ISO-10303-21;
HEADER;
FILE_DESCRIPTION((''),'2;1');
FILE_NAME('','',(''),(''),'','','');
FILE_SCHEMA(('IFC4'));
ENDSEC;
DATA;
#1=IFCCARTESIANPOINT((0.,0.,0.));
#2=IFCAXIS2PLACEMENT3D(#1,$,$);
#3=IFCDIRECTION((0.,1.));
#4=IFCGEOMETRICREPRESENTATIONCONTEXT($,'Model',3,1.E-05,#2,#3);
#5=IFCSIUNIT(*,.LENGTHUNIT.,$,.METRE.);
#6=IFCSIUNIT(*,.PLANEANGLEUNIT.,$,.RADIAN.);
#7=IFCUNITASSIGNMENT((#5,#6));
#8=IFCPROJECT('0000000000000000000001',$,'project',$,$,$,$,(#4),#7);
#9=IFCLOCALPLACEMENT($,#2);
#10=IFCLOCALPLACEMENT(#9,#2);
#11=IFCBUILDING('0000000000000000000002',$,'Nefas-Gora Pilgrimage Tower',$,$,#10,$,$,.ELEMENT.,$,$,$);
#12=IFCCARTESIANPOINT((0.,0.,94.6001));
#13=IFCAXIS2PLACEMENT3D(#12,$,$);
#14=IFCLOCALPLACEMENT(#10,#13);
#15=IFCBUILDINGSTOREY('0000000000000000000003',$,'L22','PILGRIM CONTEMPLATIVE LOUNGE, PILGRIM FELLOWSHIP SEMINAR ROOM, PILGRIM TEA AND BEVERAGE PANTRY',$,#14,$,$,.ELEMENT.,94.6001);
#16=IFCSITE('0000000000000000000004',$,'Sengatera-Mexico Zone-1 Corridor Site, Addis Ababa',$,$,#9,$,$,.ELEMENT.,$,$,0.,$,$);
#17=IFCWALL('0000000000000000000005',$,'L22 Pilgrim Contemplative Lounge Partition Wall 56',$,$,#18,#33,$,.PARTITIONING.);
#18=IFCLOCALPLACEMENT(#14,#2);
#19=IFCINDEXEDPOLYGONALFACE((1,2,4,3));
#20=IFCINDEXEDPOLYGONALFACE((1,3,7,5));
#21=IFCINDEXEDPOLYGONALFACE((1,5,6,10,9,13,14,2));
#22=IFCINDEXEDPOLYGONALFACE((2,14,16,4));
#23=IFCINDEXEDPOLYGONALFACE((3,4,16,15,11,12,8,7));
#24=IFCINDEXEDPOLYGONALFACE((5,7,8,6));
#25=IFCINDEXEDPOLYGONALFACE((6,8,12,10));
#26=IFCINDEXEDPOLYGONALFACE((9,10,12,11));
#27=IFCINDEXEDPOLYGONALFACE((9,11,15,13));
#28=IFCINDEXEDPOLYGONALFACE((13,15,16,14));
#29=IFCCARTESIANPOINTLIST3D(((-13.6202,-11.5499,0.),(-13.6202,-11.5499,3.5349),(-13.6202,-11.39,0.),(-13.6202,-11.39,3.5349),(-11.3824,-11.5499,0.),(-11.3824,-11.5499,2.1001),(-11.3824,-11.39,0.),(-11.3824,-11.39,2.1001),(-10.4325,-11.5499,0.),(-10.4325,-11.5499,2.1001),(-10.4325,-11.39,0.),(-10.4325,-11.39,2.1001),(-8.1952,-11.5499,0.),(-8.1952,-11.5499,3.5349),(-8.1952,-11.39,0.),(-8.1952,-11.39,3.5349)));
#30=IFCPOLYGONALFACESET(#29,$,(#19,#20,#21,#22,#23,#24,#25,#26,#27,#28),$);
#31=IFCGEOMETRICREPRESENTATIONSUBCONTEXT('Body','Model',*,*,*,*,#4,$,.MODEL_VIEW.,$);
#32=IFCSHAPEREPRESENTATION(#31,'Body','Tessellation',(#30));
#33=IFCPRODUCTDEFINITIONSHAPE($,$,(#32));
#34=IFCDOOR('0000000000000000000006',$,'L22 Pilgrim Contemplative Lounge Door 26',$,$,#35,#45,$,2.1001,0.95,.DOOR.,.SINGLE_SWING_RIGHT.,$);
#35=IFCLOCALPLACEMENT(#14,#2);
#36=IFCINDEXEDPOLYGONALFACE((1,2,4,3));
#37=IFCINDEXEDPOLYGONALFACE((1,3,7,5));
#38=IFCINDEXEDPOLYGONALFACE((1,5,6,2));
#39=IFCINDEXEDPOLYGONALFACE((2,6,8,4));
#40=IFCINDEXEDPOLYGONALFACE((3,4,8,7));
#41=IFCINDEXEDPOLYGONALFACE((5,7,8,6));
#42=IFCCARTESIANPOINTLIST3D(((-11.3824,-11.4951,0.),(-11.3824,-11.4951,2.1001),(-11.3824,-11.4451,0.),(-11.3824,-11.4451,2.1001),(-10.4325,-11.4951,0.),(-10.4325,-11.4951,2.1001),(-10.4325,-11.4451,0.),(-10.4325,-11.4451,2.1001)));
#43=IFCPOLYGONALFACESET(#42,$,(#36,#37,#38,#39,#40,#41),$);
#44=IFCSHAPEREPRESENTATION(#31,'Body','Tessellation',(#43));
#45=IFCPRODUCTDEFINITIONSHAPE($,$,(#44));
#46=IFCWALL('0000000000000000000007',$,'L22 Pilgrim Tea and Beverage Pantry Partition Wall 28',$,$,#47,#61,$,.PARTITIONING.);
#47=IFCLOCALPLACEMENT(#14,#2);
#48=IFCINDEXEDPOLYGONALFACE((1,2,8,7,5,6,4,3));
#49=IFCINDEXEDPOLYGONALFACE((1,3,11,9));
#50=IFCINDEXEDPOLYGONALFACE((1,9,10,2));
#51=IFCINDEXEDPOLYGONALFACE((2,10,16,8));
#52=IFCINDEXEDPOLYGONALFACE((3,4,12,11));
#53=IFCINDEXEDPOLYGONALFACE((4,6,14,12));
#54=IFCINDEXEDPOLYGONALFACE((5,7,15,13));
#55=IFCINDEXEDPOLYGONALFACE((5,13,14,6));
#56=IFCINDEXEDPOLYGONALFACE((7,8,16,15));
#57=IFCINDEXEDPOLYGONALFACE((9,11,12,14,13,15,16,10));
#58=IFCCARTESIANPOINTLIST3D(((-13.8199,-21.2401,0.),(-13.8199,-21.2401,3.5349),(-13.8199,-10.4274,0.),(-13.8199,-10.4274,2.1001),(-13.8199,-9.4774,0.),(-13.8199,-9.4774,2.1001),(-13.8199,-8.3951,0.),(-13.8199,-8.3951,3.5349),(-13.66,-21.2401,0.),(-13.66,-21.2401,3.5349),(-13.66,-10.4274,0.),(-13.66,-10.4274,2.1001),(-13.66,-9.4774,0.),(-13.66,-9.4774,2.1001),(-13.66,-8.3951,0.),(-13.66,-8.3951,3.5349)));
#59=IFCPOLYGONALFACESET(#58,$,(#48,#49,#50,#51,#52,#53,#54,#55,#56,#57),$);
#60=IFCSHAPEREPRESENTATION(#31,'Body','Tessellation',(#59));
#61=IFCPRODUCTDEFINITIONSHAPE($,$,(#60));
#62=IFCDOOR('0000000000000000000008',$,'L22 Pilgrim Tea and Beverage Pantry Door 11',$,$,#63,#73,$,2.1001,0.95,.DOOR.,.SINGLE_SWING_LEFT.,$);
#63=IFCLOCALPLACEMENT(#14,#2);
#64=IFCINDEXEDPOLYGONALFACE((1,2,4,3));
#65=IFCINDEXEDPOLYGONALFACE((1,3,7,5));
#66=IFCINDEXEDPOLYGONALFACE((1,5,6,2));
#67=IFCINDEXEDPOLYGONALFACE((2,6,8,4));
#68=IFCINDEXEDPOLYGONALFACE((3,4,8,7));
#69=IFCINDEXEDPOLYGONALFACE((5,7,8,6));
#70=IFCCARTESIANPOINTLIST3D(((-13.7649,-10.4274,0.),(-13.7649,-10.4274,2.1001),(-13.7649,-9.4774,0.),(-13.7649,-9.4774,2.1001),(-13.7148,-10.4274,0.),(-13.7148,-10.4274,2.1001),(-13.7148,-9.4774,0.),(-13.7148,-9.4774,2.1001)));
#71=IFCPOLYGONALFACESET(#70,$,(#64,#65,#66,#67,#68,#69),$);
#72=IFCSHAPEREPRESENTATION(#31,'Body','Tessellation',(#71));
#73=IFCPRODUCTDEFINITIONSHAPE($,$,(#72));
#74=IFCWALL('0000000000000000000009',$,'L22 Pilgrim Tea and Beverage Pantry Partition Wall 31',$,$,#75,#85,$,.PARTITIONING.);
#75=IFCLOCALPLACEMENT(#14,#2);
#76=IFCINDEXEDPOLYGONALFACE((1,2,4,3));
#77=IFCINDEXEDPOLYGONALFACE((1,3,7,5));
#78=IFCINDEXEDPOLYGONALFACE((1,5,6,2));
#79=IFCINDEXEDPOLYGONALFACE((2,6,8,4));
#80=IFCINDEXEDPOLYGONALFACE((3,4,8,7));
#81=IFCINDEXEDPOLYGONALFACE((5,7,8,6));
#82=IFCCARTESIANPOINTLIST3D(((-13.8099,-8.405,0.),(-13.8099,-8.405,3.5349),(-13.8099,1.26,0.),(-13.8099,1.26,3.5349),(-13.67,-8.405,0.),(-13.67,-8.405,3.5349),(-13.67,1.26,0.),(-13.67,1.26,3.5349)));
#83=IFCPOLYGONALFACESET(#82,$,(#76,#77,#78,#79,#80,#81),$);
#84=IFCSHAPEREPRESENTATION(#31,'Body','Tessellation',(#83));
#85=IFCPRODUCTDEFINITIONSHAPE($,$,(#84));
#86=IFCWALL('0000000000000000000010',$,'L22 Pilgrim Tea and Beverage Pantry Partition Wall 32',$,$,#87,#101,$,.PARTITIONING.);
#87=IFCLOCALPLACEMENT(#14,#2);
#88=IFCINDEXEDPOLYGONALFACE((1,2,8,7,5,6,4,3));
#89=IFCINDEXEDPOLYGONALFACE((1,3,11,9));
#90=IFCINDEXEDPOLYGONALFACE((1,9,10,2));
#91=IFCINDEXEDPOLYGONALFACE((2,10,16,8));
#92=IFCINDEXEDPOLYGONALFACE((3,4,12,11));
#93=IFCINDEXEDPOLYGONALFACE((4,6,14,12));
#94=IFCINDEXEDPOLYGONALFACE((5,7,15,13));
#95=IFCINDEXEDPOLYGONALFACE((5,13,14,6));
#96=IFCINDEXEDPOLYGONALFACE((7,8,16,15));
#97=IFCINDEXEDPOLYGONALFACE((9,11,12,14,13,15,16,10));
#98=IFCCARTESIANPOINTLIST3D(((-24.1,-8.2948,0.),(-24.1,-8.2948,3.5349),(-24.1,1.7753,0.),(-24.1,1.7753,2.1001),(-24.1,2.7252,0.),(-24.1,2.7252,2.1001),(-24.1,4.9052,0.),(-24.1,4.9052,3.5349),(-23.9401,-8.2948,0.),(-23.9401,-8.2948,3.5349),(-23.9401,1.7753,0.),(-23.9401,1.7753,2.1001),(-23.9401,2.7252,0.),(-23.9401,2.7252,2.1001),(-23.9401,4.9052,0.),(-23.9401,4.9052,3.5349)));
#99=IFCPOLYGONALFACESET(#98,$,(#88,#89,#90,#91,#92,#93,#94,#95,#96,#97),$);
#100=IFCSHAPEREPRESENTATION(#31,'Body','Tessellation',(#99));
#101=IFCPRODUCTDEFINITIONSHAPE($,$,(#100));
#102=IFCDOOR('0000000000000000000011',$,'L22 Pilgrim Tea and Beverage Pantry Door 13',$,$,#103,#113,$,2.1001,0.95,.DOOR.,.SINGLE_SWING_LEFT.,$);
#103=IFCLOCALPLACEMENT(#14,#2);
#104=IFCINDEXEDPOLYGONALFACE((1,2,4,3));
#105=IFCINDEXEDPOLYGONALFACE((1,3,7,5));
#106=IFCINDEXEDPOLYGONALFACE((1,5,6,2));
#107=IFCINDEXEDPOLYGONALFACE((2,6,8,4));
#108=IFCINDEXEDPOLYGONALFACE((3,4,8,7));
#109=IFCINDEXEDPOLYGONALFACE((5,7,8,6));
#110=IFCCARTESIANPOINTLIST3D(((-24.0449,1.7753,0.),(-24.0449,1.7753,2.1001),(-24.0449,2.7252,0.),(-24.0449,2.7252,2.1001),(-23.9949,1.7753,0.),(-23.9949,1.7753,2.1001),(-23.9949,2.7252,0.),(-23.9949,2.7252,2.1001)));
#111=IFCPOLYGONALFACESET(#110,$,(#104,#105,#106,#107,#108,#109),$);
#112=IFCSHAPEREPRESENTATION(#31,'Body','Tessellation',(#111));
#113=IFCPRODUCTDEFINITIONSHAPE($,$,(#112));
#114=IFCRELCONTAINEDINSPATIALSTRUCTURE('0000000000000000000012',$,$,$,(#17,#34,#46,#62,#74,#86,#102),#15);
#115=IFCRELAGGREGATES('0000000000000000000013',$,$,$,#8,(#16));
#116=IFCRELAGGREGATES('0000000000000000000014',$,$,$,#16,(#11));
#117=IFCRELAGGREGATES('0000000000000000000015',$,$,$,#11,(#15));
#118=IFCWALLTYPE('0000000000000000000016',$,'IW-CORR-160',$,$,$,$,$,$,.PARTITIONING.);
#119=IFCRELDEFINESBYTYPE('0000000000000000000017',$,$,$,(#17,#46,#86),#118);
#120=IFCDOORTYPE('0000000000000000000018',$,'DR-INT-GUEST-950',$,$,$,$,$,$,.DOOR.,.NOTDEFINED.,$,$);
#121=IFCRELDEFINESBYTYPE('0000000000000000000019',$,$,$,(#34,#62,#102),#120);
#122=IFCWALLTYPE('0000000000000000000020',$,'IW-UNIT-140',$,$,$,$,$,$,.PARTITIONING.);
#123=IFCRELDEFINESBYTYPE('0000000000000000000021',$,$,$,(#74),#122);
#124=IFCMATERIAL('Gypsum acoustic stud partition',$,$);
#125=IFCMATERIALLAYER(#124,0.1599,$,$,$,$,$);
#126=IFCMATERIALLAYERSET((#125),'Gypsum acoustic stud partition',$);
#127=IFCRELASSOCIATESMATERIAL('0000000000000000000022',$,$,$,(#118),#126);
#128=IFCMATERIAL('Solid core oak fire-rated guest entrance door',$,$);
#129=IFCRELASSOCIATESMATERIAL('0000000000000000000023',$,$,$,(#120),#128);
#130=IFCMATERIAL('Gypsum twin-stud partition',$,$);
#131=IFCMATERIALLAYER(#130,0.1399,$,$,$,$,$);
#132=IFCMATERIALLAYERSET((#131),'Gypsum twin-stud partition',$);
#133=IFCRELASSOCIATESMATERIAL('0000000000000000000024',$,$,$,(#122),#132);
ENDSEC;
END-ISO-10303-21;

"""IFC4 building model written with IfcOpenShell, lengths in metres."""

from ifc_helpers import new_model, si_unit, direction, frame, frame_2d, origin, place, context, subcontext, project, spatial, rectangle, extrude, source, transform, mapped, material, layer, layer_set, type_object, element, fill, save


model = new_model("IFC4")

# Units and contexts
model_context = context("Model", 3, precision=1e-05, world=origin(), true_north=direction((0.0, 1.0)))
body_context = subcontext(model_context, "Body", "Model", "MODEL_VIEW")
ifc_project = project(units=[si_unit("LENGTHUNIT", "METRE"), si_unit("PLANEANGLEUNIT", "RADIAN")], contexts=[model_context])

# Site, building, storey
site_placement = place(None, origin())
site = spatial("IfcSite", under=ifc_project, at=site_placement, Name="Sengatera-Mexico Zone-1 Corridor Site, Addis Ababa", CompositionType="ELEMENT", RefElevation=0.0)
building_placement = place(site_placement, origin())
building = spatial("IfcBuilding", under=site, at=building_placement, Name="Nefas-Gora Pilgrimage Tower", CompositionType="ELEMENT")
storey_placement = place(building_placement, frame((0.0, 0.0, 94.6001)))
storey = spatial("IfcBuildingStorey", under=building, at=storey_placement, Name="L22", Description="PILGRIM CONTEMPLATIVE LOUNGE, PILGRIM FELLOWSHIP SEMINAR ROOM, PILGRIM TEA AND BEVERAGE PANTRY", CompositionType="ELEMENT", Elevation=94.6001)

# Walls, openings, doors
ifc_material_1 = material(Name="Gypsum acoustic stud partition")
ifc_layer_1 = layer(ifc_material_1, 0.1599)
ifc_layer_set_1 = layer_set([ifc_layer_1], Name="Gypsum acoustic stud partition")
wall_type_1 = type_object("IfcWallType", Name="IW-CORR-160", PredefinedType="PARTITIONING", material=ifc_layer_set_1)
shared_shape_1 = source(origin(), body_context, "Body", "SweptSolid", [
    extrude(rectangle(XDim=5.425, YDim=0.1599, at=frame_2d((2.7124, 0.0))), origin(), (0.0, 0.0, 1.0), 3.5349),
])
wall_1_placement = place(storey_placement, frame((-13.6201, -11.47, 0.0), z_axis=(0.0, 0.0, 1.0), x_axis=(1.0, 0.0, 0.0)))
wall_1 = element("IfcWall", 1, at=wall_1_placement, inside=storey, type_object=wall_type_1, Name="L22 Pilgrim Contemplative Lounge Partition Wall 56", PredefinedType="PARTITIONING", context=body_context, shape_type="MappedRepresentation", body=[
    mapped(shared_shape_1, transform((0.0, 0.0, 0.0), x_axis=(1.0, 0.0, 0.0), y_axis=(0.0, 1.0, 0.0), z_axis=(0.0, 0.0, 1.0), scale=1.0)),
])
opening_1_placement = place(wall_1_placement, frame((2.2375, 0.0, 0.0)))
opening_1 = element("IfcOpeningElement", 2, at=opening_1_placement, cuts=wall_1, PredefinedType="OPENING", context=body_context, shape_type="SweptSolid", body=[
    extrude(rectangle(XDim=0.95, YDim=2.1001, at=frame_2d((0.4751, 1.05))), frame((0.0, 0.0898, 0.0), z_axis=(0.0, -1.0, 0.0), x_axis=(1.0, 0.0, 0.0)), (0.0, 0.0, 1.0), 0.1799),
])
ifc_material_2 = material(Name="Solid core oak fire-rated guest entrance door")
door_type_1 = type_object("IfcDoorType", Name="DR-INT-GUEST-950", OperationType="NOTDEFINED", PredefinedType="DOOR", material=ifc_material_2)
shared_shape_2 = source(origin(), body_context, "Body", "SweptSolid", [
    extrude(rectangle(XDim=0.95, YDim=2.1001, at=frame_2d((0.4751, 1.05))), frame((0.0, 0.0249, 0.0), z_axis=(0.0, -1.0, 0.0), x_axis=(1.0, 0.0, 0.0)), (0.0, 0.0, 1.0), 0.05),
])
door_1_placement = place(opening_1_placement, origin())
door_1 = element("IfcDoor", 3, at=door_1_placement, inside=storey, type_object=door_type_1, Name="L22 Pilgrim Contemplative Lounge Door 26", OperationType="SINGLE_SWING_RIGHT", OverallHeight=2.1001, OverallWidth=0.95, PredefinedType="DOOR", context=body_context, shape_type="MappedRepresentation", body=[
    mapped(shared_shape_2, transform((0.0, 0.0, 0.0), x_axis=(1.0, 0.0, 0.0), y_axis=(0.0, 1.0, 0.0), z_axis=(0.0, 0.0, 1.0), scale=1.0)),
])
fill(opening_1, door_1)
shared_shape_3 = source(origin(), body_context, "Body", "SweptSolid", [
    extrude(rectangle(XDim=12.845, YDim=0.1599, at=frame_2d((6.4224, 0.0))), origin(), (0.0, 0.0, 1.0), 3.5349),
])
wall_2_placement = place(storey_placement, frame((-13.74, -21.24, 0.0), z_axis=(0.0, 0.0, 1.0), x_axis=(0.0, 1.0, 0.0)))
wall_2 = element("IfcWall", 4, at=wall_2_placement, inside=storey, type_object=wall_type_1, Name="L22 Pilgrim Tea and Beverage Pantry Partition Wall 28", PredefinedType="PARTITIONING", context=body_context, shape_type="MappedRepresentation", body=[
    mapped(shared_shape_3, transform((0.0, 0.0, 0.0), x_axis=(1.0, 0.0, 0.0), y_axis=(0.0, 1.0, 0.0), z_axis=(0.0, 0.0, 1.0), scale=1.0)),
])
opening_2_placement = place(wall_2_placement, frame((10.8125, 0.0, 0.0)))
opening_2 = element("IfcOpeningElement", 5, at=opening_2_placement, cuts=wall_2, PredefinedType="OPENING", context=body_context, shape_type="SweptSolid", body=[
    extrude(rectangle(XDim=0.95, YDim=2.1001, at=frame_2d((0.4751, 1.05))), frame((0.0, 0.0898, 0.0), z_axis=(0.0, -1.0, 0.0), x_axis=(1.0, 0.0, 0.0)), (0.0, 0.0, 1.0), 0.1799),
])
door_2_placement = place(opening_2_placement, origin())
door_2 = element("IfcDoor", 6, at=door_2_placement, inside=storey, type_object=door_type_1, Name="L22 Pilgrim Tea and Beverage Pantry Door 11", OperationType="SINGLE_SWING_LEFT", OverallHeight=2.1001, OverallWidth=0.95, PredefinedType="DOOR", context=body_context, shape_type="MappedRepresentation", body=[
    mapped(shared_shape_2, transform((0.0, 0.0, 0.0), x_axis=(1.0, 0.0, 0.0), y_axis=(0.0, 1.0, 0.0), z_axis=(0.0, 0.0, 1.0), scale=1.0)),
])
fill(opening_2, door_2)

# Wall
ifc_material_3 = material(Name="Gypsum twin-stud partition")
ifc_layer_2 = layer(ifc_material_3, 0.1399)
ifc_layer_set_2 = layer_set([ifc_layer_2], Name="Gypsum twin-stud partition")
wall_type_2 = type_object("IfcWallType", Name="IW-UNIT-140", PredefinedType="PARTITIONING", material=ifc_layer_set_2)
shared_shape_4 = source(origin(), body_context, "Body", "SweptSolid", [
    extrude(rectangle(XDim=9.665, YDim=0.1399, at=frame_2d((4.8325, 0.0))), origin(), (0.0, 0.0, 1.0), 3.5349),
])
wall_3_placement = place(storey_placement, frame((-13.74, -8.405, 0.0), z_axis=(0.0, 0.0, 1.0), x_axis=(0.0, 1.0, 0.0)))
element("IfcWall", 7, at=wall_3_placement, inside=storey, type_object=wall_type_2, Name="L22 Pilgrim Tea and Beverage Pantry Partition Wall 31", PredefinedType="PARTITIONING", context=body_context, shape_type="MappedRepresentation", body=[
    mapped(shared_shape_4, transform((0.0, 0.0, 0.0), x_axis=(1.0, 0.0, 0.0), y_axis=(0.0, 1.0, 0.0), z_axis=(0.0, 0.0, 1.0), scale=1.0)),
])

# Wall, opening, door
shared_shape_5 = source(origin(), body_context, "Body", "SweptSolid", [
    extrude(rectangle(XDim=13.2, YDim=0.1599, at=frame_2d((6.6001, 0.0))), origin(), (0.0, 0.0, 1.0), 3.5349),
])
wall_4_placement = place(storey_placement, frame((-24.02, -8.2949, 0.0), z_axis=(0.0, 0.0, 1.0), x_axis=(0.0, 1.0, 0.0)))
wall_4 = element("IfcWall", 8, at=wall_4_placement, inside=storey, type_object=wall_type_1, Name="L22 Pilgrim Tea and Beverage Pantry Partition Wall 32", PredefinedType="PARTITIONING", context=body_context, shape_type="MappedRepresentation", body=[
    mapped(shared_shape_5, transform((0.0, 0.0, 0.0), x_axis=(1.0, 0.0, 0.0), y_axis=(0.0, 1.0, 0.0), z_axis=(0.0, 0.0, 1.0), scale=1.0)),
])
opening_3_placement = place(wall_4_placement, frame((10.0701, 0.0, 0.0)))
opening_3 = element("IfcOpeningElement", 9, at=opening_3_placement, cuts=wall_4, PredefinedType="OPENING", context=body_context, shape_type="SweptSolid", body=[
    extrude(rectangle(XDim=0.95, YDim=2.1001, at=frame_2d((0.4751, 1.05))), frame((0.0, 0.0898, 0.0), z_axis=(0.0, -1.0, 0.0), x_axis=(1.0, 0.0, 0.0)), (0.0, 0.0, 1.0), 0.1799),
])
door_3_placement = place(opening_3_placement, origin())
door_3 = element("IfcDoor", 10, at=door_3_placement, inside=storey, type_object=door_type_1, Name="L22 Pilgrim Tea and Beverage Pantry Door 13", OperationType="SINGLE_SWING_LEFT", OverallHeight=2.1001, OverallWidth=0.95, PredefinedType="DOOR", context=body_context, shape_type="MappedRepresentation", body=[
    mapped(shared_shape_2, transform((0.0, 0.0, 0.0), x_axis=(1.0, 0.0, 0.0), y_axis=(0.0, 1.0, 0.0), z_axis=(0.0, 0.0, 1.0), scale=1.0)),
])
fill(opening_3, door_3)

save(model, "model.ifc")
